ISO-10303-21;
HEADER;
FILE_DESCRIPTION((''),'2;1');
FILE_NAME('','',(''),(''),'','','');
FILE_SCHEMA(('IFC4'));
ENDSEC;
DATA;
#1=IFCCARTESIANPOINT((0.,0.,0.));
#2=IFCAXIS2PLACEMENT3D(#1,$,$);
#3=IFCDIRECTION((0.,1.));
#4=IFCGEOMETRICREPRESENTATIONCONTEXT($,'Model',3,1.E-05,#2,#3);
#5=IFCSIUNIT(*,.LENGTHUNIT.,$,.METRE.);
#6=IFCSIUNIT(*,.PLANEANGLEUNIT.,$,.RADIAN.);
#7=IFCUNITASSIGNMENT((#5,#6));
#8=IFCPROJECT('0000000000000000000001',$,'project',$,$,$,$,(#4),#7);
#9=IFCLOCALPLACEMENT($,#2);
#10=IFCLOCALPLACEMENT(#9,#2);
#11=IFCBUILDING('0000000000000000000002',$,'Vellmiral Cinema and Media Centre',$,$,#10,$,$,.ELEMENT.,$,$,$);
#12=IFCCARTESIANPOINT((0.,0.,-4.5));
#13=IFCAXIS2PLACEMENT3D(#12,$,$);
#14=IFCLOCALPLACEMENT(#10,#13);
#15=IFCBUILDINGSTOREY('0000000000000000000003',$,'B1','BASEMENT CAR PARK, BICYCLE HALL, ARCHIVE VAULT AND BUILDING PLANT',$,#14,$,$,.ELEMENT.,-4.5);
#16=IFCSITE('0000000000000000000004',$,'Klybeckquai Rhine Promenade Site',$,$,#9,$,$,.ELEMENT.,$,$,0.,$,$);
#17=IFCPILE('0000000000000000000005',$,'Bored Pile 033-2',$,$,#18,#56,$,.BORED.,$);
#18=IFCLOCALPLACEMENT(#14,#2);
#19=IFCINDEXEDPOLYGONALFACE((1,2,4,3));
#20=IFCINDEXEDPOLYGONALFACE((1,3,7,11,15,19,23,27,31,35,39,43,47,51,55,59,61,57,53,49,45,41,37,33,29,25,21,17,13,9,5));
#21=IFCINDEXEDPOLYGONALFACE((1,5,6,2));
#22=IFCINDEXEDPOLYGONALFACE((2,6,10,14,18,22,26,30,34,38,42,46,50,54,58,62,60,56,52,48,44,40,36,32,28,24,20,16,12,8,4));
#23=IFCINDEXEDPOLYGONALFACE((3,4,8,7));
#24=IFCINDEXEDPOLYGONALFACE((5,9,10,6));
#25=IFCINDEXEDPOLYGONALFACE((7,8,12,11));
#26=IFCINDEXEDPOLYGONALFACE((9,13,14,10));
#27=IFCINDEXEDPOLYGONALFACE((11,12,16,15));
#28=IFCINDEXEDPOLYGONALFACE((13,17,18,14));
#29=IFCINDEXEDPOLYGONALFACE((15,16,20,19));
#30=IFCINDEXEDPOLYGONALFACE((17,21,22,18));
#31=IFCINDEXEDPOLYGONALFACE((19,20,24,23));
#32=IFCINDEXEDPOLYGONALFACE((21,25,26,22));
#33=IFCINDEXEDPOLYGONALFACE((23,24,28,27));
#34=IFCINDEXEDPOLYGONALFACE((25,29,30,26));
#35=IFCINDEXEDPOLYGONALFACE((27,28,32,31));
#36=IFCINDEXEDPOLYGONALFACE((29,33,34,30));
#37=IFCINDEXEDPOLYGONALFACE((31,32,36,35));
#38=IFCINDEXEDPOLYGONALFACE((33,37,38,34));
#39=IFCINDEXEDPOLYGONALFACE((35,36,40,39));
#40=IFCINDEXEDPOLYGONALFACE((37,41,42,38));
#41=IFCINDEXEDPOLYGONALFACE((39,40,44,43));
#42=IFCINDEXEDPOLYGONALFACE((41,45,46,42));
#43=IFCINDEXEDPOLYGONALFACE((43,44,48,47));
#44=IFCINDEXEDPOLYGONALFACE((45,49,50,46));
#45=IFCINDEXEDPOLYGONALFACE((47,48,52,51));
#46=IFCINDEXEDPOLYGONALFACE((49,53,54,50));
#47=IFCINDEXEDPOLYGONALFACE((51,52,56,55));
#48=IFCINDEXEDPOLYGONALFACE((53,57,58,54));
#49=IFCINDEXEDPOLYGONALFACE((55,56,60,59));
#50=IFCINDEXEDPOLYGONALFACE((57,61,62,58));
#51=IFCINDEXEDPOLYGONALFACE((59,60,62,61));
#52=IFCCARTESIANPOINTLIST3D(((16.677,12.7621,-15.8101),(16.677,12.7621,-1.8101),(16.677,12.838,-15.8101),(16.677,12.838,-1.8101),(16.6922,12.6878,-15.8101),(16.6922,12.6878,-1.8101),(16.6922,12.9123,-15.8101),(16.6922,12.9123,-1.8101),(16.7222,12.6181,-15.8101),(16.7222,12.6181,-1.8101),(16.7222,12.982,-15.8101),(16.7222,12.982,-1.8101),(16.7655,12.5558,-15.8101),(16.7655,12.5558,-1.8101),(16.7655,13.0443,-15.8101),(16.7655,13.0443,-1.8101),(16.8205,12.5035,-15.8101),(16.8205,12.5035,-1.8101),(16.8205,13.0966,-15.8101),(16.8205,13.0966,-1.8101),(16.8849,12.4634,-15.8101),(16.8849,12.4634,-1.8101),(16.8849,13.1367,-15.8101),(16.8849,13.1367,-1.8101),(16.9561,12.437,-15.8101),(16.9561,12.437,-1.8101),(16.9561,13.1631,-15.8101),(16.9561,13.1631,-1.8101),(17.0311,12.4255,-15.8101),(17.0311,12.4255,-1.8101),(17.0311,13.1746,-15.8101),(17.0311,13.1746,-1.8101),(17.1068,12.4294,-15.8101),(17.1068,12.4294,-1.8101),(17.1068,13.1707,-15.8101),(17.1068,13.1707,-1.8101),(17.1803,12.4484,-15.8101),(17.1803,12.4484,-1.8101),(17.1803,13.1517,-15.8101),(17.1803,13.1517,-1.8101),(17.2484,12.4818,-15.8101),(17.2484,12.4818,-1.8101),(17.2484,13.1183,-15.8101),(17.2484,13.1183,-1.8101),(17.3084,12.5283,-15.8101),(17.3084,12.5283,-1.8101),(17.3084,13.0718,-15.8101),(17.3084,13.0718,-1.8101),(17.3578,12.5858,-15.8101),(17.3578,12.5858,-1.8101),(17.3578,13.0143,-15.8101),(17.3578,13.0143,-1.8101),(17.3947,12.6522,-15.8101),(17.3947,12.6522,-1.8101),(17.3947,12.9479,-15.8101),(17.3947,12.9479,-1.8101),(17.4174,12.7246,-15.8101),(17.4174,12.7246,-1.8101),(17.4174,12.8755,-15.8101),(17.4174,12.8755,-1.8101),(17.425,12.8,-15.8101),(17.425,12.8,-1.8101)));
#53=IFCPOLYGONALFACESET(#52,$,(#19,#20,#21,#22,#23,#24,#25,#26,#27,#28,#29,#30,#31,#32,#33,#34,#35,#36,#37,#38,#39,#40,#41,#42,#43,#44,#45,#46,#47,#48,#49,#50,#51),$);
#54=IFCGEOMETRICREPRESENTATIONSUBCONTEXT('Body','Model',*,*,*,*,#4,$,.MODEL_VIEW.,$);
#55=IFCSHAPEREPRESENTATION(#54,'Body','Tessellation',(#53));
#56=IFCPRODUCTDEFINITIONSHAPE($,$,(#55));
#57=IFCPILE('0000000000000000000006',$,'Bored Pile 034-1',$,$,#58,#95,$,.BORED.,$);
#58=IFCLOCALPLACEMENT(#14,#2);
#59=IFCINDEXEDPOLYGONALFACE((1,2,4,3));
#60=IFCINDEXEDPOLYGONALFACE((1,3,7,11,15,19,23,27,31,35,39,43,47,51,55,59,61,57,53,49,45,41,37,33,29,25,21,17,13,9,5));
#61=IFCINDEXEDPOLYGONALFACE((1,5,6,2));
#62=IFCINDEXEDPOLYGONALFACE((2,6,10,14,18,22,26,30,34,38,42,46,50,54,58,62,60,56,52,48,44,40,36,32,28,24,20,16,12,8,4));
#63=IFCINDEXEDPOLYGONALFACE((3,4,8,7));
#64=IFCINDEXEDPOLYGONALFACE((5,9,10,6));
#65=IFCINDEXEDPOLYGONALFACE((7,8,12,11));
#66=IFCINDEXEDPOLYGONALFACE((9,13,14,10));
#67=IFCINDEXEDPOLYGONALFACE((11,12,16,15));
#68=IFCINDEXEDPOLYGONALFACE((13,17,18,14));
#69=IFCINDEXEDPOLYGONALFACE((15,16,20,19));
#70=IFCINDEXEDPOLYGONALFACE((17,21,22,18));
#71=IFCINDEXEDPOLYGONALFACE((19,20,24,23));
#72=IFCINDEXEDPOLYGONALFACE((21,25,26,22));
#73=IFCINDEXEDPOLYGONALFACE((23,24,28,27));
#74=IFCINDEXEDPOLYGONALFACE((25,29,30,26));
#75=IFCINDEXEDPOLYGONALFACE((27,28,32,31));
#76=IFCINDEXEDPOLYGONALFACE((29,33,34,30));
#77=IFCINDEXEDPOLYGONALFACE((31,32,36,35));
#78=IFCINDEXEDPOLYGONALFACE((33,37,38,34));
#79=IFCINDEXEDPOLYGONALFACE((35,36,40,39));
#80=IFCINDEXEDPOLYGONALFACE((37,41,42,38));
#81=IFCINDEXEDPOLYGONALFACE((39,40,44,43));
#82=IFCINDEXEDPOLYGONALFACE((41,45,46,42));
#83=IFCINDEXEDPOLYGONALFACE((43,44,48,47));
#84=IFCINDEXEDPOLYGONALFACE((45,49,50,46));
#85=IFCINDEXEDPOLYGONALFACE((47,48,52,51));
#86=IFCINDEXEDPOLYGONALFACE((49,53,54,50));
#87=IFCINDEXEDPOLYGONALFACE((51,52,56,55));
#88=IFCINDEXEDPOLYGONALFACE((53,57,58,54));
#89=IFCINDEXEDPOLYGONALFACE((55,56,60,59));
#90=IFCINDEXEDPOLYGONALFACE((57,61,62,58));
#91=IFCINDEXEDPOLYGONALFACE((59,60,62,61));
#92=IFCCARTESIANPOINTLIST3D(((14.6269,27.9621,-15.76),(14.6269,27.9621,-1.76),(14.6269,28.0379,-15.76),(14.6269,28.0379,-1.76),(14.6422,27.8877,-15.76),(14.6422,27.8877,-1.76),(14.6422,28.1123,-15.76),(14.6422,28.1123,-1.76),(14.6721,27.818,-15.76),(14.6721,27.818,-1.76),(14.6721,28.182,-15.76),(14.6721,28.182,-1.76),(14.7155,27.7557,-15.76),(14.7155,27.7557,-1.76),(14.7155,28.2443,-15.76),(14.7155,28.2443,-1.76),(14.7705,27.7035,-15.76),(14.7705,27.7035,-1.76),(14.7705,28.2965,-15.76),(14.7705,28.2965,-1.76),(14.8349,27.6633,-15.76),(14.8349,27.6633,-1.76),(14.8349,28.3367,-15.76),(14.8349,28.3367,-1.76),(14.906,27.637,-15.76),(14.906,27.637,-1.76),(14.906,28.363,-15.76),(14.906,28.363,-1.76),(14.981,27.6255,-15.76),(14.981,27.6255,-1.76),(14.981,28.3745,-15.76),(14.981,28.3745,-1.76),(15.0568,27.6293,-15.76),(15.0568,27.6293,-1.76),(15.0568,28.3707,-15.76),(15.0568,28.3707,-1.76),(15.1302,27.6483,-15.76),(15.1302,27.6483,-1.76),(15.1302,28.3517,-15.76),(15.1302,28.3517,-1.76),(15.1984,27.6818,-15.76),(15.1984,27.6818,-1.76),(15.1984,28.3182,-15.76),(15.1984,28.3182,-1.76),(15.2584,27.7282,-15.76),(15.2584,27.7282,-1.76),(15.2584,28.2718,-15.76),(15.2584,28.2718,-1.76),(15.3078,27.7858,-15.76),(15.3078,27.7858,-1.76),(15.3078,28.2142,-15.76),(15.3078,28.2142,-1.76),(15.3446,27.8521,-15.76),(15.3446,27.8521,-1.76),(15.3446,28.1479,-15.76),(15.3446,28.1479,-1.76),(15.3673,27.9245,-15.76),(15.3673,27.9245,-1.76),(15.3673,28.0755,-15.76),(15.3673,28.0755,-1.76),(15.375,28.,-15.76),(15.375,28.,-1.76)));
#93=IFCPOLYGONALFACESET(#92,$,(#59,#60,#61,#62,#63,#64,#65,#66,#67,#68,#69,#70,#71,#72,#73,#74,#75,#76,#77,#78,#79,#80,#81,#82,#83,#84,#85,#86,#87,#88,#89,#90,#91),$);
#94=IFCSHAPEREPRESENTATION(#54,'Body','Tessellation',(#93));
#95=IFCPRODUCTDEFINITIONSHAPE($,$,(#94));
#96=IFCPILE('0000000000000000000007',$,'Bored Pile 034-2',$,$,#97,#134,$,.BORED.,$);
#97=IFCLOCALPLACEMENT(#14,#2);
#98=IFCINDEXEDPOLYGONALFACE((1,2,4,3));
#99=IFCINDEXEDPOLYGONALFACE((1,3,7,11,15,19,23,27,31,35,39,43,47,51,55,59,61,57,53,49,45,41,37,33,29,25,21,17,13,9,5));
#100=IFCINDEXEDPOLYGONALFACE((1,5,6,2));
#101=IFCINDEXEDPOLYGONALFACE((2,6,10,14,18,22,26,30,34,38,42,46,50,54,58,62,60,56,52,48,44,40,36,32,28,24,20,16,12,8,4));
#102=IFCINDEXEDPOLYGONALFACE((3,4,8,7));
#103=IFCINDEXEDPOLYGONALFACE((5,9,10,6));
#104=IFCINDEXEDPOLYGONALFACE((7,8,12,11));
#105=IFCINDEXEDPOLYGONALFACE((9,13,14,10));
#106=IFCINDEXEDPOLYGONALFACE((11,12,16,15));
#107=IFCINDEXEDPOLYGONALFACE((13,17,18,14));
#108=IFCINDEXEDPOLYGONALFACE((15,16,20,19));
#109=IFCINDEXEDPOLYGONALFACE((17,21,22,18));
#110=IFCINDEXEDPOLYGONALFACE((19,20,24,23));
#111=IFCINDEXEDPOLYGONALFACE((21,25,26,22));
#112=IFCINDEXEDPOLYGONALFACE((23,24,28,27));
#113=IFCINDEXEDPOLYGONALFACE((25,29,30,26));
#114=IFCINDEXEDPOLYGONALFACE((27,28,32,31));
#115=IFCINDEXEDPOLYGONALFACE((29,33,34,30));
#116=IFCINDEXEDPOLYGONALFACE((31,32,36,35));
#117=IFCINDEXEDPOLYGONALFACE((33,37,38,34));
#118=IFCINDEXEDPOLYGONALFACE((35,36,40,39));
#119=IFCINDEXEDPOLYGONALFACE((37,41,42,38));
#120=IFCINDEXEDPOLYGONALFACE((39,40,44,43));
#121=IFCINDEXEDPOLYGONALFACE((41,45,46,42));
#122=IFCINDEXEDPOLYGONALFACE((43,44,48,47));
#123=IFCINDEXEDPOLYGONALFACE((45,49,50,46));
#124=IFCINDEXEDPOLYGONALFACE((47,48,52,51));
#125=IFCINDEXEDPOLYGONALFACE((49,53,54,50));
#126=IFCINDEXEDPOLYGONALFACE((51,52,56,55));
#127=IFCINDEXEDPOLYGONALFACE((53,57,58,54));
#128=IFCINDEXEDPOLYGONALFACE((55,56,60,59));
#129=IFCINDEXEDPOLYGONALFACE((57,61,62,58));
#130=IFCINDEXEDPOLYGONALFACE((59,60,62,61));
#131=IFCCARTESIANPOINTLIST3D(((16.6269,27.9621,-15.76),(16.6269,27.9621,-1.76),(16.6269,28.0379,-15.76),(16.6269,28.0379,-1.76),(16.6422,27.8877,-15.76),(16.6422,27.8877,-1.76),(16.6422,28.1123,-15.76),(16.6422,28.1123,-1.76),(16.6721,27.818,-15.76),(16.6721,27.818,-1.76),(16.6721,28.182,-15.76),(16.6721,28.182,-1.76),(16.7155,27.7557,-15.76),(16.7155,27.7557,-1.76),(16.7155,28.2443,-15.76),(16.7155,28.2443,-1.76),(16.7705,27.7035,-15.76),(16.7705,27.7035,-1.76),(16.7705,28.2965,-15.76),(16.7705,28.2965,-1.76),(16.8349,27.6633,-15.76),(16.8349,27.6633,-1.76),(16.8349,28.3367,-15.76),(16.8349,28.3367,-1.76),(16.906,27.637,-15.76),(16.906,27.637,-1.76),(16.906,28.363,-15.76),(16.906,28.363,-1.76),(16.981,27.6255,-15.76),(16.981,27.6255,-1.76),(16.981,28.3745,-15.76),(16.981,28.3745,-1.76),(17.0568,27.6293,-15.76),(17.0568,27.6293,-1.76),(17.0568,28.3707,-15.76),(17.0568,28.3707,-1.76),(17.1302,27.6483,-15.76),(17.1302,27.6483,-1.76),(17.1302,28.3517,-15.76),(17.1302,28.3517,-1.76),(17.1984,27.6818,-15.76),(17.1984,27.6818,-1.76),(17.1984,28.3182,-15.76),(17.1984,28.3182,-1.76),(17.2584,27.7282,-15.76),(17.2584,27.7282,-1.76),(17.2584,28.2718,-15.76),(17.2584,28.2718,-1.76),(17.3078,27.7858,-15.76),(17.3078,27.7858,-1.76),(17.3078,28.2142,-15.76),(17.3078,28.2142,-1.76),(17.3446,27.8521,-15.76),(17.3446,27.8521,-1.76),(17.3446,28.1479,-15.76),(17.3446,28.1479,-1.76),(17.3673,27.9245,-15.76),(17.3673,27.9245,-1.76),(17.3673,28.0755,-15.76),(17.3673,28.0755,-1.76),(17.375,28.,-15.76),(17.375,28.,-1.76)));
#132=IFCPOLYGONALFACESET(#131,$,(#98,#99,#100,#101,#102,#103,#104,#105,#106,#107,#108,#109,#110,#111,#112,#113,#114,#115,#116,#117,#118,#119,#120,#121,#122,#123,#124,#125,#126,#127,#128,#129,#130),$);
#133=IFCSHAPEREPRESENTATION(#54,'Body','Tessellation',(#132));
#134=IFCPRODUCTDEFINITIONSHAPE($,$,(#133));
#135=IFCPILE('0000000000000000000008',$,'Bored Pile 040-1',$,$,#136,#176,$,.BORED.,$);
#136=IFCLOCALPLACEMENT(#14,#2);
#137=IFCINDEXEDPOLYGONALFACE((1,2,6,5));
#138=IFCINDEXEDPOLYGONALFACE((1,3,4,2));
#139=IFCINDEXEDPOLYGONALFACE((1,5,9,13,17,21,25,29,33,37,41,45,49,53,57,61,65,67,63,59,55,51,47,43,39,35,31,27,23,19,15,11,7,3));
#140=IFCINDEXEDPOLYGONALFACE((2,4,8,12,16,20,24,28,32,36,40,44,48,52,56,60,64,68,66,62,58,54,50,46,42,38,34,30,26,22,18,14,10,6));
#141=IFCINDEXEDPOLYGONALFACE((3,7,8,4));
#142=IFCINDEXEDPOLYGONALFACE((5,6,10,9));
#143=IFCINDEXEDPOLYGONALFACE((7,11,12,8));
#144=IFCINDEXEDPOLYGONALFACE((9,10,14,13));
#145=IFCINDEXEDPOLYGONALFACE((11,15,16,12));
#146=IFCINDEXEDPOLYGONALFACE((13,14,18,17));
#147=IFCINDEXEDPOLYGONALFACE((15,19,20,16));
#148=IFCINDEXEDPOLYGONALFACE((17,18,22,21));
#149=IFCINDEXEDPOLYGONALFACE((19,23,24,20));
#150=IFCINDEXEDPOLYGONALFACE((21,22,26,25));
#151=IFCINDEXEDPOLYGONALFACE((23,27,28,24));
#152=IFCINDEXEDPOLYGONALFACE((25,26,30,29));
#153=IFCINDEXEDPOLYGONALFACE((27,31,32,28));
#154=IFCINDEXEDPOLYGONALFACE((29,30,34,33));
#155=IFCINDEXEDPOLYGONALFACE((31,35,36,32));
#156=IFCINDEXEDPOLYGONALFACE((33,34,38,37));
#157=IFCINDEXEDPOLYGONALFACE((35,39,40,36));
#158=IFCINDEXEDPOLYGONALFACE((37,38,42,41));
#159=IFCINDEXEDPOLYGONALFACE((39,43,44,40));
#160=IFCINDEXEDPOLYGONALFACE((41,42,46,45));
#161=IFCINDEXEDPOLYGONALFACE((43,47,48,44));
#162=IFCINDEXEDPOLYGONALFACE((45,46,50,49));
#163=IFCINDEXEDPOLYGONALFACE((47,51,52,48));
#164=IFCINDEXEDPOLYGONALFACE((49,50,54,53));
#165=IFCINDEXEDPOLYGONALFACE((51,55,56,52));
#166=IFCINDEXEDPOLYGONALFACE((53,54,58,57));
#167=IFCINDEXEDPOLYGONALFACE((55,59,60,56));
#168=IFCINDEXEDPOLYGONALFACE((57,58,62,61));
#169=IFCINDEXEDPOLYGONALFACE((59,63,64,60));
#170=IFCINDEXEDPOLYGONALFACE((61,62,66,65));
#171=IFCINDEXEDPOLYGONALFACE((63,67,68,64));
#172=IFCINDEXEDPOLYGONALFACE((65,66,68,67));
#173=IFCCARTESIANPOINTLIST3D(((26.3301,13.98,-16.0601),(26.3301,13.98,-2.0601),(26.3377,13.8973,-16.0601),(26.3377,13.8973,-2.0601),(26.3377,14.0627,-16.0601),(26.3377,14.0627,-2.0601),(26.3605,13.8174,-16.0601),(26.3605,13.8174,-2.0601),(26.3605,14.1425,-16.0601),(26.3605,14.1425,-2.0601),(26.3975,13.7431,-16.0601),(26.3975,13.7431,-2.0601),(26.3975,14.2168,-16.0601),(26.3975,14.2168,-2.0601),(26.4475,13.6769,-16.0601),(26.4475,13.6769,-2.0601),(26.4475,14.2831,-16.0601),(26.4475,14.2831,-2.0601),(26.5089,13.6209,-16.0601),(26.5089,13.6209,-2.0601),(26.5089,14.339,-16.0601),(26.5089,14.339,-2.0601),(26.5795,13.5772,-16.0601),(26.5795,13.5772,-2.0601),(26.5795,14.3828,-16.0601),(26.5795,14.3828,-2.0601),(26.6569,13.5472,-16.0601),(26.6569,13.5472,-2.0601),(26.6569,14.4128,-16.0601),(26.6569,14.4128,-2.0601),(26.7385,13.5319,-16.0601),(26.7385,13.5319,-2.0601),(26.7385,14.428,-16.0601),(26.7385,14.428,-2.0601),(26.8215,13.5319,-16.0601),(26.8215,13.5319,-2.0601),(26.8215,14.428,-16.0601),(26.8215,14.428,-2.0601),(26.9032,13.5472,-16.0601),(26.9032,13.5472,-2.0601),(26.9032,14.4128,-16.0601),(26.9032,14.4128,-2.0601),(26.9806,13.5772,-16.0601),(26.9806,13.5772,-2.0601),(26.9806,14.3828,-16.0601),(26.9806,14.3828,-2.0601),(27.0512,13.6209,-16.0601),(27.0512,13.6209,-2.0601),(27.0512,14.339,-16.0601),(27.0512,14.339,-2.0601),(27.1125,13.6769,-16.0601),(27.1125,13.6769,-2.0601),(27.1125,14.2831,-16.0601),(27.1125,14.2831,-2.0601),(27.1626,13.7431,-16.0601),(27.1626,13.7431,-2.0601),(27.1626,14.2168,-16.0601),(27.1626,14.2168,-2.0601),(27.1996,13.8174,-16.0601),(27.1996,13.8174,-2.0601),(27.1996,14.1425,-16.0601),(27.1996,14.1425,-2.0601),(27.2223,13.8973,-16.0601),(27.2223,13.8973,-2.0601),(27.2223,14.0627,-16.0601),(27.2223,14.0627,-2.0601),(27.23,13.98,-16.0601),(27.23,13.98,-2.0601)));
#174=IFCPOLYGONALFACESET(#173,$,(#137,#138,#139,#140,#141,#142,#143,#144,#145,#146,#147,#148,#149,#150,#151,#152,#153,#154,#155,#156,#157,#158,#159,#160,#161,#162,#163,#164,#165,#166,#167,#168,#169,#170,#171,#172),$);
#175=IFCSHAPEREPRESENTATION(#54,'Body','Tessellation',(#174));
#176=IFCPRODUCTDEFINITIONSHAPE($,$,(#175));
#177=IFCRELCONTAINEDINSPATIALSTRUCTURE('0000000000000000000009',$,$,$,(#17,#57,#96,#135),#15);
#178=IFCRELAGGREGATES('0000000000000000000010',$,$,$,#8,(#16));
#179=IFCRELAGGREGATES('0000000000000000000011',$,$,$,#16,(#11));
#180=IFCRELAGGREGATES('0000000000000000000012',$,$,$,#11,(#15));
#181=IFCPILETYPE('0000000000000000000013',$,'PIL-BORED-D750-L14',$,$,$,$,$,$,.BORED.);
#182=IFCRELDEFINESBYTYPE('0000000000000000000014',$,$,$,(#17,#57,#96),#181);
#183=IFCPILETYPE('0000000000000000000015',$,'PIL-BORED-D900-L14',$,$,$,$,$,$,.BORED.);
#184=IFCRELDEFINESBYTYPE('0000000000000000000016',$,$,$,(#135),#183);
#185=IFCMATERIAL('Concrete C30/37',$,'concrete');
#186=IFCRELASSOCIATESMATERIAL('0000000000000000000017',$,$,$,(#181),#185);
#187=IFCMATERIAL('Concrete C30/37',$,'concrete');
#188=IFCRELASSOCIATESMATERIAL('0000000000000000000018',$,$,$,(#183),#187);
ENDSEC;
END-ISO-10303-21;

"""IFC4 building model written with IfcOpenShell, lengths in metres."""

from ifc_helpers import new_model, si_unit, direction, frame, origin, origin_2d, place, context, subcontext, project, spatial, circle, extrude, material, material_profile, profile_set, type_object, element, save


model = new_model("IFC4")

# Units and contexts
model_context = context("Model", 3, precision=1e-05, world=origin(), true_north=direction((0.0, 1.0)))
body_context = subcontext(model_context, "Body", "Model", "MODEL_VIEW")
ifc_project = project(units=[si_unit("LENGTHUNIT", "METRE"), si_unit("PLANEANGLEUNIT", "RADIAN")], contexts=[model_context])

# Site, building, storey
site_placement = place(None, origin())
site = spatial("IfcSite", under=ifc_project, at=site_placement, Name="Klybeckquai Rhine Promenade Site", CompositionType="ELEMENT", RefElevation=0.0)
building_placement = place(site_placement, origin())
building = spatial("IfcBuilding", under=site, at=building_placement, Name="Vellmiral Cinema and Media Centre", CompositionType="ELEMENT")
storey_placement = place(building_placement, frame((0.0, 0.0, -4.5)))
storey = spatial("IfcBuildingStorey", under=building, at=storey_placement, Name="B1", Description="BASEMENT CAR PARK, BICYCLE HALL, ARCHIVE VAULT AND BUILDING PLANT", CompositionType="ELEMENT", Elevation=-4.5)

# Piles
ifc_material_1 = material(Name="Concrete C30/37", Category="concrete")
ifc_material_profile_1 = material_profile(ifc_material_1, circle(Radius=0.375, at=origin_2d()), Name="PILE D750")
ifc_profile_set_1 = profile_set([ifc_material_profile_1], Name="Concrete C30/37")
pile_type_1 = type_object("IfcPileType", Name="PIL-BORED-D750-L14", PredefinedType="BORED", material=ifc_profile_set_1)
for number, where, z_axis, x_axis, name in (
    (1, (17.05, 12.8, -1.8101), (0.0, 0.0, -1.0), (1.0, 0.0, 0.0), "Bored Pile 033-2"),
    (2, (15.0, 28.0, -1.76), (0.0, 0.0, -1.0), (1.0, 0.0, 0.0), "Bored Pile 034-1"),
    (3, (17.0, 28.0, -1.76), (0.0, 0.0, -1.0), (1.0, 0.0, 0.0), "Bored Pile 034-2"),
):
    element("IfcPile", number, at=place(storey_placement, frame(where, z_axis=z_axis, x_axis=x_axis)), inside=storey, type_object=pile_type_1, Name=name, PredefinedType="BORED", context=body_context, shape_type="SweptSolid", body=[
        extrude(circle(Radius=0.375, at=origin_2d()), origin(), (0.0, 0.0, 1.0), 14.0),
    ])
ifc_material_2 = material(Name="Concrete C30/37", Category="concrete")
ifc_material_profile_2 = material_profile(ifc_material_2, circle(Radius=0.45, at=origin_2d()), Name="PILE D900")
ifc_profile_set_2 = profile_set([ifc_material_profile_2], Name="Concrete C30/37")
pile_type_2 = type_object("IfcPileType", Name="PIL-BORED-D900-L14", PredefinedType="BORED", material=ifc_profile_set_2)
for number, where, z_axis, x_axis, name in (
    (4, (26.78, 13.98, -2.0601), (0.0, 0.0, -1.0), (1.0, 0.0, 0.0), "Bored Pile 040-1"),
):
    element("IfcPile", number, at=place(storey_placement, frame(where, z_axis=z_axis, x_axis=x_axis)), inside=storey, type_object=pile_type_2, Name=name, PredefinedType="BORED", context=body_context, shape_type="SweptSolid", body=[
        extrude(circle(Radius=0.45, at=origin_2d()), origin(), (0.0, 0.0, 1.0), 14.0),
    ])

save(model, "model.ifc")
